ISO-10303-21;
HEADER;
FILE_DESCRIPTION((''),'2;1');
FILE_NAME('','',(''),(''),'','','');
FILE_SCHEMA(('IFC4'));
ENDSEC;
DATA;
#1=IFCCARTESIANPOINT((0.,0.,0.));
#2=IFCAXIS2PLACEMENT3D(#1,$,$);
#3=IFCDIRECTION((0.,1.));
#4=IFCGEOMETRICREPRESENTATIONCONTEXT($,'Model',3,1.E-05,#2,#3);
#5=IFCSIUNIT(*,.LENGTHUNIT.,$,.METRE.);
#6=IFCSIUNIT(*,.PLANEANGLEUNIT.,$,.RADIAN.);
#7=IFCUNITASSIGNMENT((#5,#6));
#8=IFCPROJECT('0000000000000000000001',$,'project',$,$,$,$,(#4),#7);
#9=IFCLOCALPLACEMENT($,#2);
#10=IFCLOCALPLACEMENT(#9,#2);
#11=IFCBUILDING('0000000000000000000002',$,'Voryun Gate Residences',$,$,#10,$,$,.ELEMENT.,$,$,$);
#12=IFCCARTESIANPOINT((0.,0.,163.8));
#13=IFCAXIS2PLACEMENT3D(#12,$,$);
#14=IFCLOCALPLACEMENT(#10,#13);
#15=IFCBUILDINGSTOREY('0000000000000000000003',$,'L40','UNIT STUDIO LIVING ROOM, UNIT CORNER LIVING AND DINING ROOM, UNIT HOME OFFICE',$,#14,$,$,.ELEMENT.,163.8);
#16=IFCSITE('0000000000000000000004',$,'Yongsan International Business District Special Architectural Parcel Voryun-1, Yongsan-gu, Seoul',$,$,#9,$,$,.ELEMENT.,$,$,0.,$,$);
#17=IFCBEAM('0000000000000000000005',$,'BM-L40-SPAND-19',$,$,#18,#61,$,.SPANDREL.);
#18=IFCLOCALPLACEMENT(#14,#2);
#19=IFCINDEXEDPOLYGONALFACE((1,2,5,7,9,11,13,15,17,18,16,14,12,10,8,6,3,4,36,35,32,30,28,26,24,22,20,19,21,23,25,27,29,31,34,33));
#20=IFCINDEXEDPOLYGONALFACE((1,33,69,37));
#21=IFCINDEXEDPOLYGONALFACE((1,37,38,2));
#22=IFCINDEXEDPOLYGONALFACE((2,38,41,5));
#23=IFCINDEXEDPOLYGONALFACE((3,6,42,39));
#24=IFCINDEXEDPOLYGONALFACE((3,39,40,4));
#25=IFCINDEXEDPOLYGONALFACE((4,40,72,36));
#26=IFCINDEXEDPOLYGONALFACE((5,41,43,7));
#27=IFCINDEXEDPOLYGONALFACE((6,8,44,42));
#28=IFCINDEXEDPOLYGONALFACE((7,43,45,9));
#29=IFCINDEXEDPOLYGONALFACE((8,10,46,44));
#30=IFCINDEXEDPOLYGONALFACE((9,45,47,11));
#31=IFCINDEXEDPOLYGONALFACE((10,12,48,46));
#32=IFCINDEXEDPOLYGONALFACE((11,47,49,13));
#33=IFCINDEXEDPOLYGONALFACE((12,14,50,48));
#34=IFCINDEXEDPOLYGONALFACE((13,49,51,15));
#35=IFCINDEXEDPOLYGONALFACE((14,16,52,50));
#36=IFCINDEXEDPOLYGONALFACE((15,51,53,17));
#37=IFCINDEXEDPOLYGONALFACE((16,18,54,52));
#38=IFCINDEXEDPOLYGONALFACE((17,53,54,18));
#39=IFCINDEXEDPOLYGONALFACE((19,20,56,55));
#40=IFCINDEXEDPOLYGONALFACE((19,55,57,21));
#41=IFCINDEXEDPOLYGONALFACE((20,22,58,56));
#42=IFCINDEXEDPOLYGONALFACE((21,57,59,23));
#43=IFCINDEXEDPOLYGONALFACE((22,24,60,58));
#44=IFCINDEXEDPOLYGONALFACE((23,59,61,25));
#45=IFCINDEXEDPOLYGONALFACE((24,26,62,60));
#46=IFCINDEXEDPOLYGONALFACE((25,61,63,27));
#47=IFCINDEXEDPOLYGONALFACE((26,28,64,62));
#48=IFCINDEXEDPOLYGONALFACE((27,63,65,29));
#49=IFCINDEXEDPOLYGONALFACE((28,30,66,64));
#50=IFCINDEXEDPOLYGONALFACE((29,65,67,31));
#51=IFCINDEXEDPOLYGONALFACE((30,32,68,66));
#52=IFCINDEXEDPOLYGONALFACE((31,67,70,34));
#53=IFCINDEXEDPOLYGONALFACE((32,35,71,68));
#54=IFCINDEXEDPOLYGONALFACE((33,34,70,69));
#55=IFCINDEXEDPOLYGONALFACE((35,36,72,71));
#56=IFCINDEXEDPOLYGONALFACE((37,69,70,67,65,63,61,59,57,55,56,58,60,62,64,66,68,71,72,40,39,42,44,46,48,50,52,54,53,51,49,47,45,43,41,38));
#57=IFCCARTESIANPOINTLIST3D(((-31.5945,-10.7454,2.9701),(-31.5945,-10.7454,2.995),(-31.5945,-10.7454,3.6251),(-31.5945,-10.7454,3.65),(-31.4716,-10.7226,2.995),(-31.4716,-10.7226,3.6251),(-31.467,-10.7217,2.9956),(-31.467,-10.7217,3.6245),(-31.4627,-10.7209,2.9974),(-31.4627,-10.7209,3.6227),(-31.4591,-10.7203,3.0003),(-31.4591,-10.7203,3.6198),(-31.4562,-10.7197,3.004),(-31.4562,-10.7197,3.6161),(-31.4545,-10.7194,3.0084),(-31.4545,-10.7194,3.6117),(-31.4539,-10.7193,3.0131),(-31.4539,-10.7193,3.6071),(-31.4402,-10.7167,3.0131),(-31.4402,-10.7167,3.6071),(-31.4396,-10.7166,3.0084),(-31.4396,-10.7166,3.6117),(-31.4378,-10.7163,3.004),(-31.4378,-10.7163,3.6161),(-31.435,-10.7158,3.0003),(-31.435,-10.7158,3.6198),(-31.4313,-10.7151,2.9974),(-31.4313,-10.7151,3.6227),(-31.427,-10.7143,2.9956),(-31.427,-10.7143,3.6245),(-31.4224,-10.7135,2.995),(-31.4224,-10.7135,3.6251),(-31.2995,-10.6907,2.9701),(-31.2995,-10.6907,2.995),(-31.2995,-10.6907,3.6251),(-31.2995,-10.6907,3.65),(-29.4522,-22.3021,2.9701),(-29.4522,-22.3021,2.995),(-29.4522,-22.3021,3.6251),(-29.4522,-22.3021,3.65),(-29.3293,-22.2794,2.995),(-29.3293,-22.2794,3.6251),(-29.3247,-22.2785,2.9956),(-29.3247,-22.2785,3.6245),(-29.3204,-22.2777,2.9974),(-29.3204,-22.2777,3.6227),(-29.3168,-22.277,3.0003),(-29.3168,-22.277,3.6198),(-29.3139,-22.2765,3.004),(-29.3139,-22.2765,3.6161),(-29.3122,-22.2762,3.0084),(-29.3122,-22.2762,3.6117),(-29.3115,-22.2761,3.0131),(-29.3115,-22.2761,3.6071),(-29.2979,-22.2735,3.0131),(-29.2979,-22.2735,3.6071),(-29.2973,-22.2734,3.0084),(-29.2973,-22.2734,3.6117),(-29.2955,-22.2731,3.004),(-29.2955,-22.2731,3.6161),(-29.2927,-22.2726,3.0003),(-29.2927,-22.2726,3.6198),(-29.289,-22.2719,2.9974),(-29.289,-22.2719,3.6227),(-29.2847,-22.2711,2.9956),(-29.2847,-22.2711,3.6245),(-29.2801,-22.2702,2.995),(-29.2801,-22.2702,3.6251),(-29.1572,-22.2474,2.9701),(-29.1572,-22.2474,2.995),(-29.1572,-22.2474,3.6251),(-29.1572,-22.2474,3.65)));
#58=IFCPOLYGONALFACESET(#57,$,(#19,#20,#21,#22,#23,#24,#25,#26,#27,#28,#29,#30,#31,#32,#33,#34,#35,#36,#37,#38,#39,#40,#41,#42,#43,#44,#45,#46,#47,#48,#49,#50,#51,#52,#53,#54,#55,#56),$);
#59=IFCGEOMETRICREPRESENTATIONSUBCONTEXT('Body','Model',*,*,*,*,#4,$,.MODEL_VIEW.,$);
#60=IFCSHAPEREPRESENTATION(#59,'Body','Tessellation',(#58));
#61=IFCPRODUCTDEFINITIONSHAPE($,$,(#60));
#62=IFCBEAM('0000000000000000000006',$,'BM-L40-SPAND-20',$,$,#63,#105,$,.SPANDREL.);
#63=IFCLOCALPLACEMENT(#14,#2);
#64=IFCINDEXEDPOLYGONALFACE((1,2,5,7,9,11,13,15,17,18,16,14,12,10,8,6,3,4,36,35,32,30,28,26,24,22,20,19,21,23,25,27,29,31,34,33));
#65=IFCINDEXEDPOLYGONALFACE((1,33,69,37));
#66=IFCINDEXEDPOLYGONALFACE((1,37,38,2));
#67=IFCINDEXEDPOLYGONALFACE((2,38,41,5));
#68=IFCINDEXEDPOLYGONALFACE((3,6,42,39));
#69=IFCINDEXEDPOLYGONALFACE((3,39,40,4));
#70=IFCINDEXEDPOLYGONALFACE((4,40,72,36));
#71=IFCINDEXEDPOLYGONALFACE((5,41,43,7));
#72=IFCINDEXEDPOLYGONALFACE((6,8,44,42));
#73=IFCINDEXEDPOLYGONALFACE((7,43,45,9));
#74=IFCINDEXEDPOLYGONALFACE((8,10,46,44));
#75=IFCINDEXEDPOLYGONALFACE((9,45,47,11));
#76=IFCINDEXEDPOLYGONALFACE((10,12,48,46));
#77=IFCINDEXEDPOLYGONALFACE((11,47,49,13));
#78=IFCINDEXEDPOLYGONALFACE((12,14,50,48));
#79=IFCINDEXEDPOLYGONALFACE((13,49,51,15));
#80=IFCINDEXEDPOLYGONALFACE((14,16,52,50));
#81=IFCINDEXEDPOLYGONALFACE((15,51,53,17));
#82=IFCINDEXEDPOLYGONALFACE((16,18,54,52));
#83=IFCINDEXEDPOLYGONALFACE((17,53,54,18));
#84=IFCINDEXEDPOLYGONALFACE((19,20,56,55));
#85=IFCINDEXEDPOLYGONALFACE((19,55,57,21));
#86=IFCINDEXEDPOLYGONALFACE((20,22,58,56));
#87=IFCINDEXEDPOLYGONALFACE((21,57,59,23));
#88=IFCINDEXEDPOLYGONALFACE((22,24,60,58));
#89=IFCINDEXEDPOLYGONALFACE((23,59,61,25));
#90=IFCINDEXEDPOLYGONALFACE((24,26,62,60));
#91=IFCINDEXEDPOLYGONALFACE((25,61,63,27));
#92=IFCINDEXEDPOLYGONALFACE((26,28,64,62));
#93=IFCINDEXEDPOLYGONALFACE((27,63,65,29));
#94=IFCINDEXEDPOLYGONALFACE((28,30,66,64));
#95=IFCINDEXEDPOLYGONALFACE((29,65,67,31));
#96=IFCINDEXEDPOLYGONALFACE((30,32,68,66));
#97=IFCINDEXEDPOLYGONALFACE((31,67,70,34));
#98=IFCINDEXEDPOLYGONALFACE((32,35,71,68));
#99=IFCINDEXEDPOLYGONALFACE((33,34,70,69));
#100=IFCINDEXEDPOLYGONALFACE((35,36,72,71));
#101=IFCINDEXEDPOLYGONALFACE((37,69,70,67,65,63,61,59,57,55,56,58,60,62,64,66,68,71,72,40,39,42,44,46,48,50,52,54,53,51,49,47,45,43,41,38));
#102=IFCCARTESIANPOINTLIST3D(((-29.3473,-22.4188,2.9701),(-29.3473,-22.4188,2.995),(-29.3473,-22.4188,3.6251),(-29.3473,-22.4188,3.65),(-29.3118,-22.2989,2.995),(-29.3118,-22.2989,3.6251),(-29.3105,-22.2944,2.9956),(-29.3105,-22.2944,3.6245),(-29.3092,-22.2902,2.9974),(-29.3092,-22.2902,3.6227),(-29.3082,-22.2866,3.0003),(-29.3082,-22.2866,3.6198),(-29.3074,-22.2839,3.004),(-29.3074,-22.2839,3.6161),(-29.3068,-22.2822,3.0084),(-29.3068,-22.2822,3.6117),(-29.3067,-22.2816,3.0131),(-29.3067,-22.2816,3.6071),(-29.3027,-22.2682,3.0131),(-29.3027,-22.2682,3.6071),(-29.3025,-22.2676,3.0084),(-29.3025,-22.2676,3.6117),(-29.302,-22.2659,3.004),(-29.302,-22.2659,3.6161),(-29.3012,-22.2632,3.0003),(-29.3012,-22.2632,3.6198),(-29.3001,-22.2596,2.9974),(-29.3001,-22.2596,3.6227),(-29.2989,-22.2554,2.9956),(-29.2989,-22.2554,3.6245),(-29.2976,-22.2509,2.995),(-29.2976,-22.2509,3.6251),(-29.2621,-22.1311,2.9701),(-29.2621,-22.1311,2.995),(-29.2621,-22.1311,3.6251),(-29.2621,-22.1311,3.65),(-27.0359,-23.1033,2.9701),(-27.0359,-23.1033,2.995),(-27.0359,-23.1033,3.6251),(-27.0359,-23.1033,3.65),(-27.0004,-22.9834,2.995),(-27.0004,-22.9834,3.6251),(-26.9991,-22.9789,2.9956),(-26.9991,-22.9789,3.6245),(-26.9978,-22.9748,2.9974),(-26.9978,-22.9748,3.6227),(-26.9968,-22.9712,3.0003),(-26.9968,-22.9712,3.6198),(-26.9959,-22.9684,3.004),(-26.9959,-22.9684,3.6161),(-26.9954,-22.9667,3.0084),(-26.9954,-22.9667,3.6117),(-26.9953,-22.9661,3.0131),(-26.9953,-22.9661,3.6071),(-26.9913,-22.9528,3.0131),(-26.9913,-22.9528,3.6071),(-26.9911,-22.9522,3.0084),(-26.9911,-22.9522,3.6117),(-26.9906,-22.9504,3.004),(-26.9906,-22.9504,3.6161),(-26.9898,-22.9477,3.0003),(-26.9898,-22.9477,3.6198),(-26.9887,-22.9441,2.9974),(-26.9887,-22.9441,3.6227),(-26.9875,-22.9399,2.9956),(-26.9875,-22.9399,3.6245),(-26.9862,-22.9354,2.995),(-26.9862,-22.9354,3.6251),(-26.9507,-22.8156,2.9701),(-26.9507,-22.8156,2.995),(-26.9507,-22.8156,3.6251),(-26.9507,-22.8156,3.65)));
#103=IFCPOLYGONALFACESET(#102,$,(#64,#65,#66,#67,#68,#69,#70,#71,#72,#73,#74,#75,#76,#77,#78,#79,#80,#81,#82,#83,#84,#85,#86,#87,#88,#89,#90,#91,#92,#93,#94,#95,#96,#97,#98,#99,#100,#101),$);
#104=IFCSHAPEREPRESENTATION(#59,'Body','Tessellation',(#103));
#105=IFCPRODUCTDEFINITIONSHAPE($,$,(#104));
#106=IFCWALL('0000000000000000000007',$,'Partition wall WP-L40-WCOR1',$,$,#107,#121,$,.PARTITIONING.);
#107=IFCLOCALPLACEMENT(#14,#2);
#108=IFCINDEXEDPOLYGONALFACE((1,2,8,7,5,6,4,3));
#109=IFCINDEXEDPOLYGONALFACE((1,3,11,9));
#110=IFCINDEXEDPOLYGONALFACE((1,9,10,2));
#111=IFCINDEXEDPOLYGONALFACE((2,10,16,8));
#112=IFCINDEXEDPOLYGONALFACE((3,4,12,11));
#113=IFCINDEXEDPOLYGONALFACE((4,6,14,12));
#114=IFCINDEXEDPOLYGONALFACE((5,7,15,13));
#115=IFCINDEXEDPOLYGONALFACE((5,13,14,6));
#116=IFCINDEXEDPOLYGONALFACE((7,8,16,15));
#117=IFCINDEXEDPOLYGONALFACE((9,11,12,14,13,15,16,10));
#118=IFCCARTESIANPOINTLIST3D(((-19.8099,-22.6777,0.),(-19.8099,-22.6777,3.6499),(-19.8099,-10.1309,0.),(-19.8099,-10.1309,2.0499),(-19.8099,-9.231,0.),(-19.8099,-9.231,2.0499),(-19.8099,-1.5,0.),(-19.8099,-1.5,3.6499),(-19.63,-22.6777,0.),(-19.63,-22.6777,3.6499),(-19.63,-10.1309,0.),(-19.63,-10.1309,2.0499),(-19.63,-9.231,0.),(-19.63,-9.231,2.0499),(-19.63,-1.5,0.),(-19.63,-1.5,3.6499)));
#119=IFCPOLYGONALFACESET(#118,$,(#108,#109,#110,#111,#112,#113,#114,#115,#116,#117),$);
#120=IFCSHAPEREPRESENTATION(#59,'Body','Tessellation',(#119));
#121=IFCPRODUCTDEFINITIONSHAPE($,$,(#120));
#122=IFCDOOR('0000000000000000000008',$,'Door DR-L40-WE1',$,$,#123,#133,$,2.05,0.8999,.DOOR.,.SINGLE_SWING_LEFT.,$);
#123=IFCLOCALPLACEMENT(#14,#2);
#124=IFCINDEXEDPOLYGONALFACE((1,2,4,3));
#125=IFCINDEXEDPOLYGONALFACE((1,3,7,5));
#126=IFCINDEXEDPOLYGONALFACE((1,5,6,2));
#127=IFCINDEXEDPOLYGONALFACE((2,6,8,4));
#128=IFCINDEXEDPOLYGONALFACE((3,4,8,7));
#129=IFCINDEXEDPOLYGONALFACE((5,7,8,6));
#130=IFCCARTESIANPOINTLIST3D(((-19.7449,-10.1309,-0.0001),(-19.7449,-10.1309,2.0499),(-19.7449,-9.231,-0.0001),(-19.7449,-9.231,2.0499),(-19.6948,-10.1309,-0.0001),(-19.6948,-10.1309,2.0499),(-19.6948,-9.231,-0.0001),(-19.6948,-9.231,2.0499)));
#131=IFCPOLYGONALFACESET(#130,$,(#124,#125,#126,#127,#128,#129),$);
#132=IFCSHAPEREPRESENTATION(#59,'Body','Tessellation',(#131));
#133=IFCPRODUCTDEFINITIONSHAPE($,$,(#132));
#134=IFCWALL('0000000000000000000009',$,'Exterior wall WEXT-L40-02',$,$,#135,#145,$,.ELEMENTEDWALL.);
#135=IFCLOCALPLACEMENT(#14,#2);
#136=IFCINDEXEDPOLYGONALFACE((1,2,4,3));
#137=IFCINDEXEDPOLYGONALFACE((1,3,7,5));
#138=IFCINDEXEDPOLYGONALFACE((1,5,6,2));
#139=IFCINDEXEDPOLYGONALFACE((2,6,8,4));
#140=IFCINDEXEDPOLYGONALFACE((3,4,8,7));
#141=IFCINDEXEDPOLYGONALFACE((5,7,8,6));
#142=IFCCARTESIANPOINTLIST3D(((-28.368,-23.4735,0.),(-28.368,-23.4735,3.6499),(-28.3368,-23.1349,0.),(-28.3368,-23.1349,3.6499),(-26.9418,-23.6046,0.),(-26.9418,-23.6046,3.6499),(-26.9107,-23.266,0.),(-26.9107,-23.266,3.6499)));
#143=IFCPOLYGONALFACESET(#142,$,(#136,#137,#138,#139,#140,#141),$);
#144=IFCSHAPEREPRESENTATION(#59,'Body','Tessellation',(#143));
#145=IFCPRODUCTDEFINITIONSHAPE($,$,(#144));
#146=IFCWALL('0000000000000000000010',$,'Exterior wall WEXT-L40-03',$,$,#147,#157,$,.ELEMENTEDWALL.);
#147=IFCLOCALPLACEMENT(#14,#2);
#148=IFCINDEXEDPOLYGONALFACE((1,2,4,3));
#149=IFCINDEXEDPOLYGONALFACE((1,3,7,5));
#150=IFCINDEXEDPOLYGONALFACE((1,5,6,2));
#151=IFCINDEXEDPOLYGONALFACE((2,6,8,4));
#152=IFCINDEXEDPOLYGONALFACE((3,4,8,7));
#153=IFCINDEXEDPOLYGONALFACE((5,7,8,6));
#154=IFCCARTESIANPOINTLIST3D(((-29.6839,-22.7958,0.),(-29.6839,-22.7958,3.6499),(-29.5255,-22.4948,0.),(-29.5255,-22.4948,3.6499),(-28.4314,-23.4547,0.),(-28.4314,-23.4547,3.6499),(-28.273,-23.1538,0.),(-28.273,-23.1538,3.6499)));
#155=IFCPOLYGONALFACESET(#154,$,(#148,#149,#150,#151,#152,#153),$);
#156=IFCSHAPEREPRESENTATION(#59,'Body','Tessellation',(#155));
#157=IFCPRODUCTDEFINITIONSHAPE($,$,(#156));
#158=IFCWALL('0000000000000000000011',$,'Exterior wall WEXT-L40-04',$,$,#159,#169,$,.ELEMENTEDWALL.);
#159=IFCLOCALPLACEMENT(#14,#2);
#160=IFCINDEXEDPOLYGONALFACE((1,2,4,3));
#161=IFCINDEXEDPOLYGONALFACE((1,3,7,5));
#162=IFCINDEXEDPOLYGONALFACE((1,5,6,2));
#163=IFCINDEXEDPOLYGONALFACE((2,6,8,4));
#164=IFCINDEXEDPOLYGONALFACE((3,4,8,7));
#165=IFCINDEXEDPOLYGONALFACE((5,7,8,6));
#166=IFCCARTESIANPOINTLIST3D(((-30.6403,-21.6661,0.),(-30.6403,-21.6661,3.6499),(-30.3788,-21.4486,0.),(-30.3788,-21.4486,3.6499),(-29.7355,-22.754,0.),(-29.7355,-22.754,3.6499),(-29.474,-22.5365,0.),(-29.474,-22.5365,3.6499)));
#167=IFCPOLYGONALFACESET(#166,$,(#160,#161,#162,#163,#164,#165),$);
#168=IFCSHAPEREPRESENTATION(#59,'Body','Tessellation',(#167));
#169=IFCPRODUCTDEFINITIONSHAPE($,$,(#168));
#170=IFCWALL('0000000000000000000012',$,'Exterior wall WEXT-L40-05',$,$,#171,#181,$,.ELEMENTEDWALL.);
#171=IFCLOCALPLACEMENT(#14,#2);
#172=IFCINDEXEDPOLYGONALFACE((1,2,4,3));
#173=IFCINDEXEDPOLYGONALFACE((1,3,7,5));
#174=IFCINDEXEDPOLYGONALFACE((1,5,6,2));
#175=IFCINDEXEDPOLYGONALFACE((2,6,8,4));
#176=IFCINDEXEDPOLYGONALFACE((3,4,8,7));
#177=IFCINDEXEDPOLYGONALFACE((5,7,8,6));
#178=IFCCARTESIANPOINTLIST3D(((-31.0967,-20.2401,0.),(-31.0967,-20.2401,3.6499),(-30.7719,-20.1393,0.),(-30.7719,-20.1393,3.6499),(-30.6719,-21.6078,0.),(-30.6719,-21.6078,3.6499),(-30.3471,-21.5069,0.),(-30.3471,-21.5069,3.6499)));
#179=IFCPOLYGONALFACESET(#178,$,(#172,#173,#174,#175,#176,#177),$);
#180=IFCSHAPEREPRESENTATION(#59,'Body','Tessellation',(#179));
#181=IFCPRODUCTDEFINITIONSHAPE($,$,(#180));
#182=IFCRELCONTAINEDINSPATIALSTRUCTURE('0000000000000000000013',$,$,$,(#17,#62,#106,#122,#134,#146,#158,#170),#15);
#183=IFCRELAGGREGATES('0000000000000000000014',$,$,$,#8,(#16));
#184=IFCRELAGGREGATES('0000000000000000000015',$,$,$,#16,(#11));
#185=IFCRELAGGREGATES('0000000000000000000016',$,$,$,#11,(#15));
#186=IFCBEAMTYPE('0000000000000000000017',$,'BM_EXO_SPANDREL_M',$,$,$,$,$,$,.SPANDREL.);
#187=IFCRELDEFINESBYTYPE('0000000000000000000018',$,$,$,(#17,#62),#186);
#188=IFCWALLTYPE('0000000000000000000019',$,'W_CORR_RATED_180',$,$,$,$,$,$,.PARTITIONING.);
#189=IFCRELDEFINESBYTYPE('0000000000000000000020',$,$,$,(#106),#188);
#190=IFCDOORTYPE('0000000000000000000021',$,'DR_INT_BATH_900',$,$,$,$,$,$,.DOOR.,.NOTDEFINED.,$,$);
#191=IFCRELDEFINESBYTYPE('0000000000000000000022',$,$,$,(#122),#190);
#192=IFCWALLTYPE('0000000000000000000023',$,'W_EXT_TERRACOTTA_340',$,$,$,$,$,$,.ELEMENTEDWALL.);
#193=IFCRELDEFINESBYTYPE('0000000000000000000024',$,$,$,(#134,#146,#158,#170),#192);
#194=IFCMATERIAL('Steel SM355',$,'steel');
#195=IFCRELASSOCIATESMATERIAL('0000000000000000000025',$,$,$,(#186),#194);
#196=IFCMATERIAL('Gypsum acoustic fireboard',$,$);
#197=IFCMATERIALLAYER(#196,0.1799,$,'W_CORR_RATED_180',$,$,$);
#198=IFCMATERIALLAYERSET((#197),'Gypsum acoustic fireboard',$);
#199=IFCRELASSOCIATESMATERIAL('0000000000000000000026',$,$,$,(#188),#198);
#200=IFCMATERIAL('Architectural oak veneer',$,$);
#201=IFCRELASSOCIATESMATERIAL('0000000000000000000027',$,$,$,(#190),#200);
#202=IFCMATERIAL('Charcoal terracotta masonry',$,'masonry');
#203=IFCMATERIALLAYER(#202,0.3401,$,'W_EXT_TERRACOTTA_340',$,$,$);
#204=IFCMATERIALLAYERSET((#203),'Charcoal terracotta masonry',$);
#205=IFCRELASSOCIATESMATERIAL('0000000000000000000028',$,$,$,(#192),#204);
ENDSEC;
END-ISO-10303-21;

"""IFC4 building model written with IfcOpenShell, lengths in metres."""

from ifc_helpers import new_model, si_unit, direction, frame, frame_2d, origin, origin_2d, place, context, subcontext, project, spatial, rectangle, i_section, extrude, material, layer, layer_set, material_profile, profile_set, type_object, element, fill, save


model = new_model("IFC4")

# Units and contexts
model_context = context("Model", 3, precision=1e-05, world=origin(), true_north=direction((0.0, 1.0)))
body_context = subcontext(model_context, "Body", "Model", "MODEL_VIEW")
ifc_project = project(units=[si_unit("LENGTHUNIT", "METRE"), si_unit("PLANEANGLEUNIT", "RADIAN")], contexts=[model_context])

# Site, building, storey
site_placement = place(None, origin())
site = spatial("IfcSite", under=ifc_project, at=site_placement, Name="Yongsan International Business District Special Architectural Parcel Voryun-1, Yongsan-gu, Seoul", CompositionType="ELEMENT", RefElevation=0.0)
building_placement = place(site_placement, origin())
building = spatial("IfcBuilding", under=site, at=building_placement, Name="Voryun Gate Residences", CompositionType="ELEMENT")
storey_placement = place(building_placement, frame((0.0, 0.0, 163.8)))
storey = spatial("IfcBuildingStorey", under=building, at=storey_placement, Name="L40", Description="UNIT STUDIO LIVING ROOM, UNIT CORNER LIVING AND DINING ROOM, UNIT HOME OFFICE", CompositionType="ELEMENT", Elevation=163.8)

# Beams
ifc_material_1 = material(Name="Steel SM355", Category="steel")
ifc_material_profile_1 = material_profile(ifc_material_1, i_section(OverallWidth=0.3, OverallDepth=0.6799, WebThickness=0.0139, FlangeThickness=0.0249, FilletRadius=0.0181, at=origin_2d()), Name="H-680x300x14x25")
ifc_profile_set_1 = profile_set([ifc_material_profile_1], Name="Steel SM355")
beam_type = type_object("IfcBeamType", Name="BM_EXO_SPANDREL_M", PredefinedType="SPANDREL", material=ifc_profile_set_1)
beam_1_placement = place(storey_placement, frame((-31.447, -10.718, 3.3101), z_axis=(0.182268, -0.983249, 0.0), x_axis=(0.983249, 0.182268, 0.0)))
element("IfcBeam", 1, at=beam_1_placement, inside=storey, type_object=beam_type, Name="BM-L40-SPAND-19", PredefinedType="SPANDREL", context=body_context, shape_type="SweptSolid", body=[
    extrude(i_section(OverallWidth=0.3, OverallDepth=0.6799, WebThickness=0.0139, FlangeThickness=0.0249, FilletRadius=0.0181, at=origin_2d()), origin(), (0.0, 0.0, 1.0), 11.7537),
])
beam_2_placement = place(storey_placement, frame((-29.3047, -22.2749, 3.3101), z_axis=(0.958835, -0.283964, 0.0), x_axis=(0.283964, 0.958835, 0.0)))
element("IfcBeam", 2, at=beam_2_placement, inside=storey, type_object=beam_type, Name="BM-L40-SPAND-20", PredefinedType="SPANDREL", context=body_context, shape_type="SweptSolid", body=[
    extrude(i_section(OverallWidth=0.3, OverallDepth=0.6799, WebThickness=0.0139, FlangeThickness=0.0249, FilletRadius=0.0181, at=origin_2d()), origin(), (0.0, 0.0, 1.0), 2.4106),
])

# Wall, opening, door
ifc_material_2 = material(Name="Gypsum acoustic fireboard")
ifc_layer_1 = layer(ifc_material_2, 0.1799, Name="W_CORR_RATED_180")
ifc_layer_set_1 = layer_set([ifc_layer_1], Name="Gypsum acoustic fireboard")
wall_type_1 = type_object("IfcWallType", Name="W_CORR_RATED_180", PredefinedType="PARTITIONING", material=ifc_layer_set_1)
wall_1_placement = place(storey_placement, frame((-19.72, -22.6777, 0.0), z_axis=(0.0, 0.0, 1.0), x_axis=(0.0, 1.0, 0.0)))
wall_1 = element("IfcWall", 3, at=wall_1_placement, inside=storey, type_object=wall_type_1, Name="Partition wall WP-L40-WCOR1", PredefinedType="PARTITIONING", context=body_context, shape_type="SweptSolid", body=[
    extrude(rectangle(XDim=21.1777, YDim=0.1799, at=frame_2d((10.5889, 0.0))), origin(), (0.0, 0.0, 1.0), 3.6499),
])
opening_1_placement = place(wall_1_placement, frame((12.5469, 0.0, 0.0)))
opening_1 = element("IfcOpeningElement", 4, at=opening_1_placement, cuts=wall_1, PredefinedType="OPENING", context=body_context, shape_type="SweptSolid", body=[
    extrude(rectangle(XDim=0.8999, YDim=2.05, at=frame_2d((0.45, 1.0249))), frame((0.0, 0.0999, 0.0), z_axis=(0.0, -1.0, 0.0), x_axis=(1.0, 0.0, 0.0)), (0.0, 0.0, 1.0), 0.2),
])
ifc_material_3 = material(Name="Architectural oak veneer")
door_type_1 = type_object("IfcDoorType", Name="DR_INT_BATH_900", OperationType="NOTDEFINED", PredefinedType="DOOR", material=ifc_material_3)
door_1_placement = place(opening_1_placement, origin())
door_1 = element("IfcDoor", 5, at=door_1_placement, inside=storey, type_object=door_type_1, Name="Door DR-L40-WE1", OperationType="SINGLE_SWING_LEFT", OverallHeight=2.05, OverallWidth=0.8999, PredefinedType="DOOR", context=body_context, shape_type="SweptSolid", body=[
    extrude(rectangle(XDim=0.8999, YDim=2.05, at=frame_2d((0.45, 1.0249))), frame((0.0, 0.0249, 0.0), z_axis=(0.0, -1.0, 0.0), x_axis=(1.0, 0.0, 0.0)), (0.0, 0.0, 1.0), 0.05),
])
fill(opening_1, door_1)

# Walls
ifc_material_4 = material(Name="Charcoal terracotta masonry", Category="masonry")
ifc_layer_2 = layer(ifc_material_4, 0.3401, Name="W_EXT_TERRACOTTA_340")
ifc_layer_set_2 = layer_set([ifc_layer_2], Name="Charcoal terracotta masonry")
wall_type_2 = type_object("IfcWallType", Name="W_EXT_TERRACOTTA_340", PredefinedType="ELEMENTEDWALL", material=ifc_layer_set_2)
wall_2_placement = place(storey_placement, frame((-26.9263, -23.4353, 0.0), z_axis=(0.0, 0.0, 1.0), x_axis=(-0.9958, 0.09155, 0.0)))
element("IfcWall", 6, at=wall_2_placement, inside=storey, type_object=wall_type_2, Name="Exterior wall WEXT-L40-02", PredefinedType="ELEMENTEDWALL", context=body_context, shape_type="SweptSolid", body=[
    extrude(rectangle(XDim=1.4321, YDim=0.3401, at=frame_2d((0.7161, 0.0))), origin(), (0.0, 0.0, 1.0), 3.6499),
])
wall_3_placement = place(storey_placement, frame((-28.3523, -23.3042, 0.0), z_axis=(0.0, 0.0, 1.0), x_axis=(-0.884989, 0.465611, 0.0)))
element("IfcWall", 7, at=wall_3_placement, inside=storey, type_object=wall_type_2, Name="Exterior wall WEXT-L40-03", PredefinedType="ELEMENTEDWALL", context=body_context, shape_type="SweptSolid", body=[
    extrude(rectangle(XDim=1.4153, YDim=0.3401, at=frame_2d((0.7075, 0.0))), origin(), (0.0, 0.0, 1.0), 3.6499),
])
wall_4_placement = place(storey_placement, frame((-29.6047, -22.6453, 0.0), z_axis=(0.0, 0.0, 1.0), x_axis=(-0.639437, 0.768843, 0.0)))
element("IfcWall", 8, at=wall_4_placement, inside=storey, type_object=wall_type_2, Name="Exterior wall WEXT-L40-04", PredefinedType="ELEMENTEDWALL", context=body_context, shape_type="SweptSolid", body=[
    extrude(rectangle(XDim=1.415, YDim=0.3401, at=frame_2d((0.7075, 0.0))), origin(), (0.0, 0.0, 1.0), 3.6499),
])
wall_5_placement = place(storey_placement, frame((-30.5095, -21.5574, 0.0), z_axis=(0.0, 0.0, 1.0), x_axis=(-0.296624, 0.954994, 0.0)))
element("IfcWall", 9, at=wall_5_placement, inside=storey, type_object=wall_type_2, Name="Exterior wall WEXT-L40-05", PredefinedType="ELEMENTEDWALL", context=body_context, shape_type="SweptSolid", body=[
    extrude(rectangle(XDim=1.4321, YDim=0.3401, at=frame_2d((0.7161, 0.0))), origin(), (0.0, 0.0, 1.0), 3.6499),
])

save(model, "model.ifc")
